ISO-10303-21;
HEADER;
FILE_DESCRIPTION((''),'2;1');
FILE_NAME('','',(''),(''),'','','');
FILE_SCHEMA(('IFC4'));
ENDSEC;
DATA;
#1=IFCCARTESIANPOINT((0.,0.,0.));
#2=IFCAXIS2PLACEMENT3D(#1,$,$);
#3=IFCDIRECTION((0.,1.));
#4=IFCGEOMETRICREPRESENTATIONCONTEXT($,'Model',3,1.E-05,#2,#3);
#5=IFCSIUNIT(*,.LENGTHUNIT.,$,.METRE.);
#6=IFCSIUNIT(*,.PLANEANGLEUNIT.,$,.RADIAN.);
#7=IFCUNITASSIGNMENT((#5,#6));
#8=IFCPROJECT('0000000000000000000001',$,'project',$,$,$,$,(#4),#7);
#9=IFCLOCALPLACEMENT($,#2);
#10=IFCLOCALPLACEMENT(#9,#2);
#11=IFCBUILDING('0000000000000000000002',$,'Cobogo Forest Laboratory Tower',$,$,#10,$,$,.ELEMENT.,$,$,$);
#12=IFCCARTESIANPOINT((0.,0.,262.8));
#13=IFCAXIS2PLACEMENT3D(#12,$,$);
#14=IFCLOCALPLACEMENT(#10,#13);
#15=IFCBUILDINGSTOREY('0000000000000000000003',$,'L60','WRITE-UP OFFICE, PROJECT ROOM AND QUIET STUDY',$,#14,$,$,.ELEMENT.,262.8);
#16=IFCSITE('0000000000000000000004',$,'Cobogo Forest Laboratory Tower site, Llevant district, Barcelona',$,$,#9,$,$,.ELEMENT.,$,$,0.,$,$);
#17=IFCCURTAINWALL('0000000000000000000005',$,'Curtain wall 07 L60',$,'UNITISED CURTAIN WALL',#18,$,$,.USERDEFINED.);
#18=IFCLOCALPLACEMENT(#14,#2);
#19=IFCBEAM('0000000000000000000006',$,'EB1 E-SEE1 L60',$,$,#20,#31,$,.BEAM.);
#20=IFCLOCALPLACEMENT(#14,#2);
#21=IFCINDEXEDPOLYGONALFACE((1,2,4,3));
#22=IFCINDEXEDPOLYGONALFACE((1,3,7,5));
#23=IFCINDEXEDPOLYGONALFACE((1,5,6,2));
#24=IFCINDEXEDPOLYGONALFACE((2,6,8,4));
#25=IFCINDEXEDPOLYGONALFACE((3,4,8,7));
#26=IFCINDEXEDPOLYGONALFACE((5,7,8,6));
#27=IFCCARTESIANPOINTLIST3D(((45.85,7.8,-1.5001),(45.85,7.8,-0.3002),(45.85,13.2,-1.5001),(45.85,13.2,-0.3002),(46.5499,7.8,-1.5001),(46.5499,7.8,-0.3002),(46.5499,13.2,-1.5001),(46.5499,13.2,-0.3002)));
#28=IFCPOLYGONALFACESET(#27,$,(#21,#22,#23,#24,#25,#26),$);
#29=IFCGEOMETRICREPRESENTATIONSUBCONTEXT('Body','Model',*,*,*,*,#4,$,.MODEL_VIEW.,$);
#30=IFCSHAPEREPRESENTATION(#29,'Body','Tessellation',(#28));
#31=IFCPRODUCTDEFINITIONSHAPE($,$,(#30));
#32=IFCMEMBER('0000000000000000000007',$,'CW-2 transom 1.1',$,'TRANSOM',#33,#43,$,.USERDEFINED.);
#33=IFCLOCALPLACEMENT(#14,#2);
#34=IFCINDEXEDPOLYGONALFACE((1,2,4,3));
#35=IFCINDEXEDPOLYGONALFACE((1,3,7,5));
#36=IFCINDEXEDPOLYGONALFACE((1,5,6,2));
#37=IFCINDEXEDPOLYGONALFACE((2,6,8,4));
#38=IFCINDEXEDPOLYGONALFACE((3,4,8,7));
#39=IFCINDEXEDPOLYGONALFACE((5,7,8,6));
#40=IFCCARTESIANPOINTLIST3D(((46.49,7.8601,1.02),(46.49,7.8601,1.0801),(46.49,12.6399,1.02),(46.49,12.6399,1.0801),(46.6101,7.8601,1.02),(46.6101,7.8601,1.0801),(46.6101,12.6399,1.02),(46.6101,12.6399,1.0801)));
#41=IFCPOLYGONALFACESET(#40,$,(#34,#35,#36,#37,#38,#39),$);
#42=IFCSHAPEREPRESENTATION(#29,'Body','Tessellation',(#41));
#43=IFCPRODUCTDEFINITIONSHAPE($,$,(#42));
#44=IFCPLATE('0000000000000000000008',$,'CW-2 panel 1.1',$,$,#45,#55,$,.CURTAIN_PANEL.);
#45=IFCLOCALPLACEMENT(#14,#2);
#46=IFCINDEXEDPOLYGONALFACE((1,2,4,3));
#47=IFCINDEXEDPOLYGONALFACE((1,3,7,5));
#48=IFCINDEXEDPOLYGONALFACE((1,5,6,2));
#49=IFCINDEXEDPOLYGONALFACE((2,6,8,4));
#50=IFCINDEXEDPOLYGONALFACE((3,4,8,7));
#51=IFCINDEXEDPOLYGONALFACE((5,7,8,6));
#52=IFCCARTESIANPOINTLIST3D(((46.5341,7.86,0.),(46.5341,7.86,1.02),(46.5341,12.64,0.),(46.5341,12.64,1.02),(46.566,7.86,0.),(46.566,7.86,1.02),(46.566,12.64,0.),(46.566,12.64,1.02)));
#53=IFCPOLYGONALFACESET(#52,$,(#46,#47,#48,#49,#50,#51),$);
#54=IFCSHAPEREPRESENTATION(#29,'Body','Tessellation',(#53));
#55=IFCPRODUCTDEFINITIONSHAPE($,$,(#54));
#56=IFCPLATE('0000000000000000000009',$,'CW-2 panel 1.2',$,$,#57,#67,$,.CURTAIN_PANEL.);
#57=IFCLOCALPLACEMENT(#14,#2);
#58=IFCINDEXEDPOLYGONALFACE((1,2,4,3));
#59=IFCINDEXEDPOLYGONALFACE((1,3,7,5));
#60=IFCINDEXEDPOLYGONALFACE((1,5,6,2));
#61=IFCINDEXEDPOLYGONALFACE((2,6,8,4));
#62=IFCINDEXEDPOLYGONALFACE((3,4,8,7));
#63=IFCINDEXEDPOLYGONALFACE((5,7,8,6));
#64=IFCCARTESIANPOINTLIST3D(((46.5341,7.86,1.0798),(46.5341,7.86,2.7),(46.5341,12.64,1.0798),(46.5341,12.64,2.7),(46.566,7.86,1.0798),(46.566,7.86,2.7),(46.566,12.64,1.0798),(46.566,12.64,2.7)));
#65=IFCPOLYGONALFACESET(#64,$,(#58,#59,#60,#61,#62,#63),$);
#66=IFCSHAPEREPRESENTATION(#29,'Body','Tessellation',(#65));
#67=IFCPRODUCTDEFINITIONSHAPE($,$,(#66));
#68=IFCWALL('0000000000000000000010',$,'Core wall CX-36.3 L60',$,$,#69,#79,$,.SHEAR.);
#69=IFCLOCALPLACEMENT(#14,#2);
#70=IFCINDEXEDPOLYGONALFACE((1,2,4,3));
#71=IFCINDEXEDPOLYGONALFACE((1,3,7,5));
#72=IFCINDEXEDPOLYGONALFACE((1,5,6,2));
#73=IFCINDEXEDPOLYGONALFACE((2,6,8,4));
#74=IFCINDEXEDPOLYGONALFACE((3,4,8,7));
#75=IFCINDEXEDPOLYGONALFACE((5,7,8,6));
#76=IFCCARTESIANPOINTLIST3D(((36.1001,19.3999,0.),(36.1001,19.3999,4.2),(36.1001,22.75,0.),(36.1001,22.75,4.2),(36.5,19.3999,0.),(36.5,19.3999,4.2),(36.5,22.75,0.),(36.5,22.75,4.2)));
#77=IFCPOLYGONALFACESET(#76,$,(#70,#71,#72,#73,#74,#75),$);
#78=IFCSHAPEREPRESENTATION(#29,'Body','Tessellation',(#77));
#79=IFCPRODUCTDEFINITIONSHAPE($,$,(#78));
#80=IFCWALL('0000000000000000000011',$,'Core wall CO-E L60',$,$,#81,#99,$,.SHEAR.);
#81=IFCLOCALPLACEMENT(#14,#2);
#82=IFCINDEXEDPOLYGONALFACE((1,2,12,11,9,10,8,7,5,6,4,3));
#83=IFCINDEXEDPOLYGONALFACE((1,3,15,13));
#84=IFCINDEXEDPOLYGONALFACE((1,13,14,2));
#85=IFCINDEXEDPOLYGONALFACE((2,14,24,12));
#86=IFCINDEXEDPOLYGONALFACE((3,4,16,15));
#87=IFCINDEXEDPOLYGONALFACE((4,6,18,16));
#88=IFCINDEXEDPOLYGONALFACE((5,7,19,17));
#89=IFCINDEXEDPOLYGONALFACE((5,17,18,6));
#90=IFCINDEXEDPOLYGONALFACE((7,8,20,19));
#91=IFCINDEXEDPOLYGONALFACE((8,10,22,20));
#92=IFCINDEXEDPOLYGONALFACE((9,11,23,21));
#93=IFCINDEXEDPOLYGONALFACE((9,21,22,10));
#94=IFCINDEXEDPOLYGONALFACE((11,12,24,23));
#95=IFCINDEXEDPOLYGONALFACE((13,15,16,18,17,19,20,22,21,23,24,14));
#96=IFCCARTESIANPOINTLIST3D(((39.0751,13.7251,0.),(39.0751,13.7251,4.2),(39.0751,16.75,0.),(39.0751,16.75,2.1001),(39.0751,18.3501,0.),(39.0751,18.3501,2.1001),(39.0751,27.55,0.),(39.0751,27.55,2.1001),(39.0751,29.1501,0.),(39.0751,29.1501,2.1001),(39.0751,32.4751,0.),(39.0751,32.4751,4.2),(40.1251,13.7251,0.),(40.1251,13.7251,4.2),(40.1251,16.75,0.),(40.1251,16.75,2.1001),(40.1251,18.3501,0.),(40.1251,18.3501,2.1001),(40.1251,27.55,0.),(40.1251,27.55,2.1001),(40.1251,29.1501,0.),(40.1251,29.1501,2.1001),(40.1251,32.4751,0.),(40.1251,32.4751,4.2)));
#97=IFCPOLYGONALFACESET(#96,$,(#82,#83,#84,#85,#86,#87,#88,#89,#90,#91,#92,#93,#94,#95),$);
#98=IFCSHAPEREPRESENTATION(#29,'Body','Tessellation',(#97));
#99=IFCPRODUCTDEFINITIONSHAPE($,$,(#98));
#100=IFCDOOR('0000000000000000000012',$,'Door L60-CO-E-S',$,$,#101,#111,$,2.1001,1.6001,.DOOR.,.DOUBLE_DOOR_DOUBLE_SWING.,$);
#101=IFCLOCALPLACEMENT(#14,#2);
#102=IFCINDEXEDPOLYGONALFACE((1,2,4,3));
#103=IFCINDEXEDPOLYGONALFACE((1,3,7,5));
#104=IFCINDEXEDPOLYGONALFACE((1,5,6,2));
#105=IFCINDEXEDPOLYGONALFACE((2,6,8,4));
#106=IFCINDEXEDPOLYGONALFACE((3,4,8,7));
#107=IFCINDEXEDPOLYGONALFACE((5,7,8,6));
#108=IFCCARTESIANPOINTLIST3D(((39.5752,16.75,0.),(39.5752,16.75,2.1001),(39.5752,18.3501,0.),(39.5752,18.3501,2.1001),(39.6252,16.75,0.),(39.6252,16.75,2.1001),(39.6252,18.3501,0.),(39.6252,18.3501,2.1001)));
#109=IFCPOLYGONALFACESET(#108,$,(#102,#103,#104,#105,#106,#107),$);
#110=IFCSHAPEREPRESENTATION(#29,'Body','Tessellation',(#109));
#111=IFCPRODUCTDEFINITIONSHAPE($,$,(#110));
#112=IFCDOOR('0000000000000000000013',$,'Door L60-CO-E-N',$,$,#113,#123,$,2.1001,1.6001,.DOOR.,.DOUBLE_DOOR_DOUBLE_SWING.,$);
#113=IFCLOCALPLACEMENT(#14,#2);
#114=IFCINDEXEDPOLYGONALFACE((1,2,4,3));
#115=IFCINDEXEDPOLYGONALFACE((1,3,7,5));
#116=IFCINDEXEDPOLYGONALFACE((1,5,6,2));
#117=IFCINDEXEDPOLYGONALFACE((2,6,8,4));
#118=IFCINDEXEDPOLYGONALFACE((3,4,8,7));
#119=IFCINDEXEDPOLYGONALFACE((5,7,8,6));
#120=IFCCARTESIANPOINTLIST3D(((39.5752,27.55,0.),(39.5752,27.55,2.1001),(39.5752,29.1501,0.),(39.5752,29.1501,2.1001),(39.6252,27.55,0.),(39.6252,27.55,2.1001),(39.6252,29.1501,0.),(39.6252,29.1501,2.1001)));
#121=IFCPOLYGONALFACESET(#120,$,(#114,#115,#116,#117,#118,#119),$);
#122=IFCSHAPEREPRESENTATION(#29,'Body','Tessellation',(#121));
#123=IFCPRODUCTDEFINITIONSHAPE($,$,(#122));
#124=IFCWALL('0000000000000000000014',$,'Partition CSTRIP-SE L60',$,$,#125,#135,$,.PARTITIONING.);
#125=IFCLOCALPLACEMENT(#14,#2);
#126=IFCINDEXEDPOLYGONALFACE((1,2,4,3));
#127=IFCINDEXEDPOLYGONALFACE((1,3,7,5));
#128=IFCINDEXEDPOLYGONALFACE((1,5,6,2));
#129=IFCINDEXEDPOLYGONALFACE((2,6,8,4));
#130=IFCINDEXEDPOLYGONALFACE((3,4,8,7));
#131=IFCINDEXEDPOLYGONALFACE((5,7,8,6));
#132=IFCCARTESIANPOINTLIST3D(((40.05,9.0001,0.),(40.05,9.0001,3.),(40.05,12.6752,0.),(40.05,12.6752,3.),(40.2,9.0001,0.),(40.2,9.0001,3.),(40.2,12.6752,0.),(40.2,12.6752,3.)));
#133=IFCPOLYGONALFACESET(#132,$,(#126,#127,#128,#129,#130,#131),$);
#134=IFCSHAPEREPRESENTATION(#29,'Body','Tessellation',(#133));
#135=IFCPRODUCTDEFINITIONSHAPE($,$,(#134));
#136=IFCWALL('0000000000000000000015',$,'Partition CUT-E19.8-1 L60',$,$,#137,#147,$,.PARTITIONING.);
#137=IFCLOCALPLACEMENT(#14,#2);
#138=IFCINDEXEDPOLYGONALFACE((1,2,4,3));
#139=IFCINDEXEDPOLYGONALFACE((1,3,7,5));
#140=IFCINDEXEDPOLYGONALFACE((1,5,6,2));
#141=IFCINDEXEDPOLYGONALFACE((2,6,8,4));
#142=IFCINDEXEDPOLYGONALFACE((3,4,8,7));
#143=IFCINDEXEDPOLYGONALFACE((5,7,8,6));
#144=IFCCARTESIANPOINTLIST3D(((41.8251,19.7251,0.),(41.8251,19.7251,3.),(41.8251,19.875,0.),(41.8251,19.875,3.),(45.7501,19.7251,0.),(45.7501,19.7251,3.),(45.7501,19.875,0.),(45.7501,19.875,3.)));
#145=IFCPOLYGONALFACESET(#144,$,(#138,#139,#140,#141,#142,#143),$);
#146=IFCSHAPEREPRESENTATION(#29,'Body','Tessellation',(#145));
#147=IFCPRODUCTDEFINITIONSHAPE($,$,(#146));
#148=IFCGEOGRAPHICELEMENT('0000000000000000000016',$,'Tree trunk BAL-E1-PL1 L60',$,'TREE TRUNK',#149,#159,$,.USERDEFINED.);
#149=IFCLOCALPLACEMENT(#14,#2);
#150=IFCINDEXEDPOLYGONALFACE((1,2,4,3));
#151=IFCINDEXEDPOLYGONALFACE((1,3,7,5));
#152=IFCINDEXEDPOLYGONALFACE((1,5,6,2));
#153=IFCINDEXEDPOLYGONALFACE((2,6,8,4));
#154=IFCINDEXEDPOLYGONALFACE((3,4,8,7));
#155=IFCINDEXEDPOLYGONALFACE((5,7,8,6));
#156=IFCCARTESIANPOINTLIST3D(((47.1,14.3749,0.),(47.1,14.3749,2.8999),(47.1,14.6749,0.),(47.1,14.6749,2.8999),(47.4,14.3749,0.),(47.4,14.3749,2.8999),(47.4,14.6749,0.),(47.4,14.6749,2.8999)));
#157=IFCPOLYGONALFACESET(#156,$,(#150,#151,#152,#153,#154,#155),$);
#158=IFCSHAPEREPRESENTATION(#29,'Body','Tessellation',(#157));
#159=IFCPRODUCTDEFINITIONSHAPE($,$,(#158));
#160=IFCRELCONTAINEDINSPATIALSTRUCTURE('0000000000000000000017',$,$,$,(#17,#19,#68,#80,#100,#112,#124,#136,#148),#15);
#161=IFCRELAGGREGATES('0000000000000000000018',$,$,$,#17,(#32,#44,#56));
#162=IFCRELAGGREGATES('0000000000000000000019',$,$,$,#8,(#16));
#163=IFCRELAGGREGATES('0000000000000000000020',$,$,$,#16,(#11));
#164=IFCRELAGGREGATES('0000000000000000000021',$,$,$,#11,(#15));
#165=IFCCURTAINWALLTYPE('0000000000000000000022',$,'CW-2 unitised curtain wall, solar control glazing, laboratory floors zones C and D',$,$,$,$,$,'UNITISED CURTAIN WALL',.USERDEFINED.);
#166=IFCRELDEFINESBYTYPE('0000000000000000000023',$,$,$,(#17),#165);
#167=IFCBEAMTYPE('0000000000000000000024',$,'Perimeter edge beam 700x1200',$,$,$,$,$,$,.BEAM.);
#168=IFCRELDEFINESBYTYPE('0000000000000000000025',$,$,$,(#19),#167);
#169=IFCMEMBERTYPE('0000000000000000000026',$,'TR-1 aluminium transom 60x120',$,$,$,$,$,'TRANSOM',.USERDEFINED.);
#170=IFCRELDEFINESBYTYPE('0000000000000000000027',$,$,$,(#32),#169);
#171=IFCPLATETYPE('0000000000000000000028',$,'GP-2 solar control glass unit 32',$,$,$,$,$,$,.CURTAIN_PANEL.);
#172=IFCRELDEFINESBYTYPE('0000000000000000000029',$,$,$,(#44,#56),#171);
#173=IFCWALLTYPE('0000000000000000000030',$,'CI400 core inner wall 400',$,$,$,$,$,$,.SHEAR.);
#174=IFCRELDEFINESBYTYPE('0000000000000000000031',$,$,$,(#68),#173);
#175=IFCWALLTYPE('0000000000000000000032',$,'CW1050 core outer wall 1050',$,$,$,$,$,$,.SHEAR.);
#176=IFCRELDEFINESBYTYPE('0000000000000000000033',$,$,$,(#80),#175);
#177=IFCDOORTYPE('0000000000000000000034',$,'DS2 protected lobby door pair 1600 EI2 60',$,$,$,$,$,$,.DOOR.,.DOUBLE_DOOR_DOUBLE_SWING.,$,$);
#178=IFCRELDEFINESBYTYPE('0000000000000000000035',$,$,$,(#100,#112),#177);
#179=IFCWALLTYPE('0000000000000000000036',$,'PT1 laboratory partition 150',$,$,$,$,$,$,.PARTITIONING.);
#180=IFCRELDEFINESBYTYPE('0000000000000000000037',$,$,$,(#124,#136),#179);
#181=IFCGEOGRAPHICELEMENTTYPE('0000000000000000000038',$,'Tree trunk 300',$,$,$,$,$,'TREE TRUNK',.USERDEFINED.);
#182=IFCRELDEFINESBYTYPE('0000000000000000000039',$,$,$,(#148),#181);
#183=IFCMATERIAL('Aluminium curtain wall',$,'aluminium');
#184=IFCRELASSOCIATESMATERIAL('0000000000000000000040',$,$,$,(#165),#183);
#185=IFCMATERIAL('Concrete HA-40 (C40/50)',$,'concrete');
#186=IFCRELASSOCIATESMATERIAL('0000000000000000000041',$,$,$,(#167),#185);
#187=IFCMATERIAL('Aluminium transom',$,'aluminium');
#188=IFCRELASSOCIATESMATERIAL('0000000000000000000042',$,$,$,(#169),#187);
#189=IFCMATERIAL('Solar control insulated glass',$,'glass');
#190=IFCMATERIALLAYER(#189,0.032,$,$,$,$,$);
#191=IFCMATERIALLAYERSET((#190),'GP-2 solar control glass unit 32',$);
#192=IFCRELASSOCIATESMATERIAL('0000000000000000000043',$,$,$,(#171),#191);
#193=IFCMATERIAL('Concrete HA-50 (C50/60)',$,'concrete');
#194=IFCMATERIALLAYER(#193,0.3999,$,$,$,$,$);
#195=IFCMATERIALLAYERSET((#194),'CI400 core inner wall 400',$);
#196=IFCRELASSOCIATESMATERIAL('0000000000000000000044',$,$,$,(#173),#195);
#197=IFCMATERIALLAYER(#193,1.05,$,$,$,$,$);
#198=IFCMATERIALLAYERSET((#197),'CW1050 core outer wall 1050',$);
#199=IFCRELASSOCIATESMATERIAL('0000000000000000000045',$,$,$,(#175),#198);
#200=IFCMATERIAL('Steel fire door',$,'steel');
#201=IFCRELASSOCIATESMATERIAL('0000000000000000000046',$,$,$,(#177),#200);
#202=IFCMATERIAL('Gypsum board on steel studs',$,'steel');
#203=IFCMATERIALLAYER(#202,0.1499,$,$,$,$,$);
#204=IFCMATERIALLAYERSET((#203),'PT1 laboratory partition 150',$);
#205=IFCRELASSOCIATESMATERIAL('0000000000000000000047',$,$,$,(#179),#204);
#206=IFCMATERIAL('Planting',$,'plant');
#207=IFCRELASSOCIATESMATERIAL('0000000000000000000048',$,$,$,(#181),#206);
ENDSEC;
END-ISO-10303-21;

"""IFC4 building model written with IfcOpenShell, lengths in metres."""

from ifc_helpers import new_model, si_unit, direction, frame, frame_2d, origin, origin_2d, place, context, subcontext, project, spatial, rectangle, extrude, material, layer, layer_set, material_profile, profile_set, type_object, element, fill, aggregate, save


model = new_model("IFC4")

# Units and contexts
model_context = context("Model", 3, precision=1e-05, world=origin(), true_north=direction((0.0, 1.0)))
body_context = subcontext(model_context, "Body", "Model", "MODEL_VIEW")
ifc_project = project(units=[si_unit("LENGTHUNIT", "METRE"), si_unit("PLANEANGLEUNIT", "RADIAN")], contexts=[model_context])

# Site, building, storey
site_placement = place(None, origin())
site = spatial("IfcSite", under=ifc_project, at=site_placement, Name="Cobogo Forest Laboratory Tower site, Llevant district, Barcelona", CompositionType="ELEMENT", RefElevation=0.0)
building_placement = place(site_placement, origin())
building = spatial("IfcBuilding", under=site, at=building_placement, Name="Cobogo Forest Laboratory Tower", CompositionType="ELEMENT")
storey_placement = place(building_placement, frame((0.0, 0.0, 262.8)))
storey = spatial("IfcBuildingStorey", under=building, at=storey_placement, Name="L60", Description="WRITE-UP OFFICE, PROJECT ROOM AND QUIET STUDY", CompositionType="ELEMENT", Elevation=262.8)

# Shared definitions
ifc_material_1 = material(Name="Concrete HA-50 (C50/60)", Category="concrete")

# Shared definitions
ifc_material_2 = material(Name="Concrete HA-40 (C40/50)", Category="concrete")

# Curtain wall
ifc_material_3 = material(Name="Aluminium curtain wall", Category="aluminium")
curtain_wall_type = type_object("IfcCurtainWallType", Name="CW-2 unitised curtain wall, solar control glazing, laboratory floors zones C and D", ElementType="UNITISED CURTAIN WALL", PredefinedType="USERDEFINED", material=ifc_material_3)
curtain_wall_1_placement = place(storey_placement, origin())
curtain_wall_1 = element("IfcCurtainWall", 1, at=curtain_wall_1_placement, inside=storey, type_object=curtain_wall_type, Name="Curtain wall 07 L60", ObjectType="UNITISED CURTAIN WALL", PredefinedType="USERDEFINED")

# Beam
ifc_material_profile_1 = material_profile(ifc_material_2, rectangle(XDim=0.7, YDim=1.2, at=origin_2d()), Name="RC 700x1200")
ifc_profile_set_1 = profile_set([ifc_material_profile_1], Name="Concrete HA-40 (C40/50)")
beam_type_1 = type_object("IfcBeamType", Name="Perimeter edge beam 700x1200", PredefinedType="BEAM", material=ifc_profile_set_1)
beam_1_placement = place(storey_placement, frame((46.2, 13.2, -0.9001), z_axis=(0.0, -1.0, 0.0), x_axis=(1.0, 0.0, 0.0)))
element("IfcBeam", 2, at=beam_1_placement, inside=storey, type_object=beam_type_1, Name="EB1 E-SEE1 L60", PredefinedType="BEAM", context=body_context, shape_type="SweptSolid", body=[
    extrude(rectangle(XDim=0.7, YDim=1.2, at=origin_2d()), origin(), (0.0, 0.0, 1.0), 5.3999),
])

# Member
ifc_material_4 = material(Name="Aluminium transom", Category="aluminium")
ifc_material_profile_2 = material_profile(ifc_material_4, rectangle(XDim=0.1201, YDim=0.0601, at=origin_2d()), Name="AL 60x120")
ifc_profile_set_2 = profile_set([ifc_material_profile_2], Name="Aluminium transom")
member_type_1 = type_object("IfcMemberType", Name="TR-1 aluminium transom 60x120", ElementType="TRANSOM", PredefinedType="USERDEFINED", material=ifc_profile_set_2)
member_1_placement = place(storey_placement, frame((46.55, 7.8601, 1.05), z_axis=(0.0, 1.0, 0.0), x_axis=(-1.0, 0.0, 0.0)))
member_1 = element("IfcMember", 3, at=member_1_placement, type_object=member_type_1, Name="CW-2 transom 1.1", ObjectType="TRANSOM", PredefinedType="USERDEFINED", context=body_context, shape_type="SweptSolid", body=[
    extrude(rectangle(XDim=0.1201, YDim=0.0601, at=origin_2d()), origin(), (0.0, 0.0, 1.0), 4.7798),
])

# Plates
ifc_material_5 = material(Name="Solar control insulated glass", Category="glass")
ifc_layer_1 = layer(ifc_material_5, 0.032)
ifc_layer_set_1 = layer_set([ifc_layer_1], Name="GP-2 solar control glass unit 32")
plate_type = type_object("IfcPlateType", Name="GP-2 solar control glass unit 32", PredefinedType="CURTAIN_PANEL", material=ifc_layer_set_1)
plate_1_placement = place(storey_placement, frame((46.55, 10.25, 0.0), z_axis=(0.0, 0.0, 1.0), x_axis=(0.0, 1.0, 0.0)))
plate_1 = element("IfcPlate", 4, at=plate_1_placement, type_object=plate_type, Name="CW-2 panel 1.1", PredefinedType="CURTAIN_PANEL", context=body_context, shape_type="SweptSolid", body=[
    extrude(rectangle(XDim=4.78, YDim=0.032, at=origin_2d()), origin(), (0.0, 0.0, 1.0), 1.02),
])
plate_2_placement = place(storey_placement, frame((46.55, 10.25, 1.0798), z_axis=(0.0, 0.0, 1.0), x_axis=(0.0, 1.0, 0.0)))
plate_2 = element("IfcPlate", 5, at=plate_2_placement, type_object=plate_type, Name="CW-2 panel 1.2", PredefinedType="CURTAIN_PANEL", context=body_context, shape_type="SweptSolid", body=[
    extrude(rectangle(XDim=4.78, YDim=0.032, at=origin_2d()), origin(), (0.0, 0.0, 1.0), 1.6201),
])
aggregate(curtain_wall_1, [member_1, plate_1, plate_2])

# Wall
ifc_layer_2 = layer(ifc_material_1, 0.3999)
ifc_layer_set_2 = layer_set([ifc_layer_2], Name="CI400 core inner wall 400")
wall_type_1 = type_object("IfcWallType", Name="CI400 core inner wall 400", PredefinedType="SHEAR", material=ifc_layer_set_2)
wall_1_placement = place(storey_placement, frame((36.3, 19.3999, 0.0), z_axis=(0.0, 0.0, 1.0), x_axis=(0.0, 1.0, 0.0)))
element("IfcWall", 6, at=wall_1_placement, inside=storey, type_object=wall_type_1, Name="Core wall CX-36.3 L60", PredefinedType="SHEAR", context=body_context, shape_type="SweptSolid", body=[
    extrude(rectangle(XDim=3.3501, YDim=0.3999, at=frame_2d((1.675, 0.0))), origin(), (0.0, 0.0, 1.0), 4.2),
])

# Wall, openings, doors
ifc_layer_3 = layer(ifc_material_1, 1.05)
ifc_layer_set_3 = layer_set([ifc_layer_3], Name="CW1050 core outer wall 1050")
wall_type_2 = type_object("IfcWallType", Name="CW1050 core outer wall 1050", PredefinedType="SHEAR", material=ifc_layer_set_3)
wall_2_placement = place(storey_placement, frame((39.6001, 13.7251, 0.0), z_axis=(0.0, 0.0, 1.0), x_axis=(0.0, 1.0, 0.0)))
wall_2 = element("IfcWall", 7, at=wall_2_placement, inside=storey, type_object=wall_type_2, Name="Core wall CO-E L60", PredefinedType="SHEAR", context=body_context, shape_type="SweptSolid", body=[
    extrude(rectangle(XDim=18.75, YDim=1.05, at=frame_2d((9.375, 0.0))), origin(), (0.0, 0.0, 1.0), 4.2),
])
opening_1_placement = place(wall_2_placement, frame((3.0249, 0.0, 0.0)))
opening_1 = element("IfcOpeningElement", 8, at=opening_1_placement, cuts=wall_2, PredefinedType="OPENING", context=body_context, shape_type="SweptSolid", body=[
    extrude(rectangle(XDim=1.6001, YDim=2.1001, at=frame_2d((0.8, 1.05))), frame((0.0, 0.5349, 0.0), z_axis=(0.0, -1.0, 0.0), x_axis=(1.0, 0.0, 0.0)), (0.0, 0.0, 1.0), 1.0701),
])
opening_2_placement = place(wall_2_placement, frame((13.825, 0.0, 0.0)))
opening_2 = element("IfcOpeningElement", 9, at=opening_2_placement, cuts=wall_2, PredefinedType="OPENING", context=body_context, shape_type="SweptSolid", body=[
    extrude(rectangle(XDim=1.6001, YDim=2.1001, at=frame_2d((0.8, 1.05))), frame((0.0, 0.5349, 0.0), z_axis=(0.0, -1.0, 0.0), x_axis=(1.0, 0.0, 0.0)), (0.0, 0.0, 1.0), 1.0701),
])
ifc_material_6 = material(Name="Steel fire door", Category="steel")
door_type_1 = type_object("IfcDoorType", Name="DS2 protected lobby door pair 1600 EI2 60", OperationType="DOUBLE_DOOR_DOUBLE_SWING", PredefinedType="DOOR", material=ifc_material_6)
door_1_placement = place(opening_1_placement, origin())
door_1 = element("IfcDoor", 10, at=door_1_placement, inside=storey, type_object=door_type_1, Name="Door L60-CO-E-S", OperationType="DOUBLE_DOOR_DOUBLE_SWING", OverallHeight=2.1001, OverallWidth=1.6001, PredefinedType="DOOR", context=body_context, shape_type="SweptSolid", body=[
    extrude(rectangle(XDim=1.6001, YDim=2.1001, at=frame_2d((0.8, 1.05))), frame((0.0, 0.0249, 0.0), z_axis=(0.0, -1.0, 0.0), x_axis=(1.0, 0.0, 0.0)), (0.0, 0.0, 1.0), 0.05),
])
fill(opening_1, door_1)
door_2_placement = place(opening_2_placement, origin())
door_2 = element("IfcDoor", 11, at=door_2_placement, inside=storey, type_object=door_type_1, Name="Door L60-CO-E-N", OperationType="DOUBLE_DOOR_DOUBLE_SWING", OverallHeight=2.1001, OverallWidth=1.6001, PredefinedType="DOOR", context=body_context, shape_type="SweptSolid", body=[
    extrude(rectangle(XDim=1.6001, YDim=2.1001, at=frame_2d((0.8, 1.05))), frame((0.0, 0.0249, 0.0), z_axis=(0.0, -1.0, 0.0), x_axis=(1.0, 0.0, 0.0)), (0.0, 0.0, 1.0), 0.05),
])
fill(opening_2, door_2)

# Walls
ifc_material_7 = material(Name="Gypsum board on steel studs", Category="steel")
ifc_layer_4 = layer(ifc_material_7, 0.1499)
ifc_layer_set_4 = layer_set([ifc_layer_4], Name="PT1 laboratory partition 150")
wall_type_3 = type_object("IfcWallType", Name="PT1 laboratory partition 150", PredefinedType="PARTITIONING", material=ifc_layer_set_4)
wall_3_placement = place(storey_placement, frame((40.125, 12.675, 0.0), z_axis=(0.0, 0.0, 1.0), x_axis=(0.0, -1.0, 0.0)))
element("IfcWall", 12, at=wall_3_placement, inside=storey, type_object=wall_type_3, Name="Partition CSTRIP-SE L60", PredefinedType="PARTITIONING", context=body_context, shape_type="SweptSolid", body=[
    extrude(rectangle(XDim=3.675, YDim=0.1499, at=frame_2d((1.8374, 0.0))), origin(), (0.0, 0.0, 1.0), 3.0),
])
wall_4_placement = place(storey_placement, frame((45.75, 19.8, 0.0), z_axis=(0.0, 0.0, 1.0), x_axis=(-1.0, 0.0, 0.0)))
element("IfcWall", 13, at=wall_4_placement, inside=storey, type_object=wall_type_3, Name="Partition CUT-E19.8-1 L60", PredefinedType="PARTITIONING", context=body_context, shape_type="SweptSolid", body=[
    extrude(rectangle(XDim=3.925, YDim=0.1499, at=frame_2d((1.9624, 0.0))), origin(), (0.0, 0.0, 1.0), 3.0),
])

# Geographic element
ifc_material_8 = material(Name="Planting", Category="plant")
geographic_element_type = type_object("IfcGeographicElementType", Name="Tree trunk 300", ElementType="TREE TRUNK", PredefinedType="USERDEFINED", material=ifc_material_8)
geographic_element_placement = place(storey_placement, frame((47.25, 14.5249, 0.0), z_axis=(0.0, 0.0, 1.0), x_axis=(1.0, 0.0, 0.0)))
element("IfcGeographicElement", 14, at=geographic_element_placement, inside=storey, type_object=geographic_element_type, Name="Tree trunk BAL-E1-PL1 L60", ObjectType="TREE TRUNK", PredefinedType="USERDEFINED", context=body_context, shape_type="SweptSolid", body=[
    extrude(rectangle(XDim=0.3, YDim=0.3, at=origin_2d()), origin(), (0.0, 0.0, 1.0), 2.8999),
])

save(model, "model.ifc")
